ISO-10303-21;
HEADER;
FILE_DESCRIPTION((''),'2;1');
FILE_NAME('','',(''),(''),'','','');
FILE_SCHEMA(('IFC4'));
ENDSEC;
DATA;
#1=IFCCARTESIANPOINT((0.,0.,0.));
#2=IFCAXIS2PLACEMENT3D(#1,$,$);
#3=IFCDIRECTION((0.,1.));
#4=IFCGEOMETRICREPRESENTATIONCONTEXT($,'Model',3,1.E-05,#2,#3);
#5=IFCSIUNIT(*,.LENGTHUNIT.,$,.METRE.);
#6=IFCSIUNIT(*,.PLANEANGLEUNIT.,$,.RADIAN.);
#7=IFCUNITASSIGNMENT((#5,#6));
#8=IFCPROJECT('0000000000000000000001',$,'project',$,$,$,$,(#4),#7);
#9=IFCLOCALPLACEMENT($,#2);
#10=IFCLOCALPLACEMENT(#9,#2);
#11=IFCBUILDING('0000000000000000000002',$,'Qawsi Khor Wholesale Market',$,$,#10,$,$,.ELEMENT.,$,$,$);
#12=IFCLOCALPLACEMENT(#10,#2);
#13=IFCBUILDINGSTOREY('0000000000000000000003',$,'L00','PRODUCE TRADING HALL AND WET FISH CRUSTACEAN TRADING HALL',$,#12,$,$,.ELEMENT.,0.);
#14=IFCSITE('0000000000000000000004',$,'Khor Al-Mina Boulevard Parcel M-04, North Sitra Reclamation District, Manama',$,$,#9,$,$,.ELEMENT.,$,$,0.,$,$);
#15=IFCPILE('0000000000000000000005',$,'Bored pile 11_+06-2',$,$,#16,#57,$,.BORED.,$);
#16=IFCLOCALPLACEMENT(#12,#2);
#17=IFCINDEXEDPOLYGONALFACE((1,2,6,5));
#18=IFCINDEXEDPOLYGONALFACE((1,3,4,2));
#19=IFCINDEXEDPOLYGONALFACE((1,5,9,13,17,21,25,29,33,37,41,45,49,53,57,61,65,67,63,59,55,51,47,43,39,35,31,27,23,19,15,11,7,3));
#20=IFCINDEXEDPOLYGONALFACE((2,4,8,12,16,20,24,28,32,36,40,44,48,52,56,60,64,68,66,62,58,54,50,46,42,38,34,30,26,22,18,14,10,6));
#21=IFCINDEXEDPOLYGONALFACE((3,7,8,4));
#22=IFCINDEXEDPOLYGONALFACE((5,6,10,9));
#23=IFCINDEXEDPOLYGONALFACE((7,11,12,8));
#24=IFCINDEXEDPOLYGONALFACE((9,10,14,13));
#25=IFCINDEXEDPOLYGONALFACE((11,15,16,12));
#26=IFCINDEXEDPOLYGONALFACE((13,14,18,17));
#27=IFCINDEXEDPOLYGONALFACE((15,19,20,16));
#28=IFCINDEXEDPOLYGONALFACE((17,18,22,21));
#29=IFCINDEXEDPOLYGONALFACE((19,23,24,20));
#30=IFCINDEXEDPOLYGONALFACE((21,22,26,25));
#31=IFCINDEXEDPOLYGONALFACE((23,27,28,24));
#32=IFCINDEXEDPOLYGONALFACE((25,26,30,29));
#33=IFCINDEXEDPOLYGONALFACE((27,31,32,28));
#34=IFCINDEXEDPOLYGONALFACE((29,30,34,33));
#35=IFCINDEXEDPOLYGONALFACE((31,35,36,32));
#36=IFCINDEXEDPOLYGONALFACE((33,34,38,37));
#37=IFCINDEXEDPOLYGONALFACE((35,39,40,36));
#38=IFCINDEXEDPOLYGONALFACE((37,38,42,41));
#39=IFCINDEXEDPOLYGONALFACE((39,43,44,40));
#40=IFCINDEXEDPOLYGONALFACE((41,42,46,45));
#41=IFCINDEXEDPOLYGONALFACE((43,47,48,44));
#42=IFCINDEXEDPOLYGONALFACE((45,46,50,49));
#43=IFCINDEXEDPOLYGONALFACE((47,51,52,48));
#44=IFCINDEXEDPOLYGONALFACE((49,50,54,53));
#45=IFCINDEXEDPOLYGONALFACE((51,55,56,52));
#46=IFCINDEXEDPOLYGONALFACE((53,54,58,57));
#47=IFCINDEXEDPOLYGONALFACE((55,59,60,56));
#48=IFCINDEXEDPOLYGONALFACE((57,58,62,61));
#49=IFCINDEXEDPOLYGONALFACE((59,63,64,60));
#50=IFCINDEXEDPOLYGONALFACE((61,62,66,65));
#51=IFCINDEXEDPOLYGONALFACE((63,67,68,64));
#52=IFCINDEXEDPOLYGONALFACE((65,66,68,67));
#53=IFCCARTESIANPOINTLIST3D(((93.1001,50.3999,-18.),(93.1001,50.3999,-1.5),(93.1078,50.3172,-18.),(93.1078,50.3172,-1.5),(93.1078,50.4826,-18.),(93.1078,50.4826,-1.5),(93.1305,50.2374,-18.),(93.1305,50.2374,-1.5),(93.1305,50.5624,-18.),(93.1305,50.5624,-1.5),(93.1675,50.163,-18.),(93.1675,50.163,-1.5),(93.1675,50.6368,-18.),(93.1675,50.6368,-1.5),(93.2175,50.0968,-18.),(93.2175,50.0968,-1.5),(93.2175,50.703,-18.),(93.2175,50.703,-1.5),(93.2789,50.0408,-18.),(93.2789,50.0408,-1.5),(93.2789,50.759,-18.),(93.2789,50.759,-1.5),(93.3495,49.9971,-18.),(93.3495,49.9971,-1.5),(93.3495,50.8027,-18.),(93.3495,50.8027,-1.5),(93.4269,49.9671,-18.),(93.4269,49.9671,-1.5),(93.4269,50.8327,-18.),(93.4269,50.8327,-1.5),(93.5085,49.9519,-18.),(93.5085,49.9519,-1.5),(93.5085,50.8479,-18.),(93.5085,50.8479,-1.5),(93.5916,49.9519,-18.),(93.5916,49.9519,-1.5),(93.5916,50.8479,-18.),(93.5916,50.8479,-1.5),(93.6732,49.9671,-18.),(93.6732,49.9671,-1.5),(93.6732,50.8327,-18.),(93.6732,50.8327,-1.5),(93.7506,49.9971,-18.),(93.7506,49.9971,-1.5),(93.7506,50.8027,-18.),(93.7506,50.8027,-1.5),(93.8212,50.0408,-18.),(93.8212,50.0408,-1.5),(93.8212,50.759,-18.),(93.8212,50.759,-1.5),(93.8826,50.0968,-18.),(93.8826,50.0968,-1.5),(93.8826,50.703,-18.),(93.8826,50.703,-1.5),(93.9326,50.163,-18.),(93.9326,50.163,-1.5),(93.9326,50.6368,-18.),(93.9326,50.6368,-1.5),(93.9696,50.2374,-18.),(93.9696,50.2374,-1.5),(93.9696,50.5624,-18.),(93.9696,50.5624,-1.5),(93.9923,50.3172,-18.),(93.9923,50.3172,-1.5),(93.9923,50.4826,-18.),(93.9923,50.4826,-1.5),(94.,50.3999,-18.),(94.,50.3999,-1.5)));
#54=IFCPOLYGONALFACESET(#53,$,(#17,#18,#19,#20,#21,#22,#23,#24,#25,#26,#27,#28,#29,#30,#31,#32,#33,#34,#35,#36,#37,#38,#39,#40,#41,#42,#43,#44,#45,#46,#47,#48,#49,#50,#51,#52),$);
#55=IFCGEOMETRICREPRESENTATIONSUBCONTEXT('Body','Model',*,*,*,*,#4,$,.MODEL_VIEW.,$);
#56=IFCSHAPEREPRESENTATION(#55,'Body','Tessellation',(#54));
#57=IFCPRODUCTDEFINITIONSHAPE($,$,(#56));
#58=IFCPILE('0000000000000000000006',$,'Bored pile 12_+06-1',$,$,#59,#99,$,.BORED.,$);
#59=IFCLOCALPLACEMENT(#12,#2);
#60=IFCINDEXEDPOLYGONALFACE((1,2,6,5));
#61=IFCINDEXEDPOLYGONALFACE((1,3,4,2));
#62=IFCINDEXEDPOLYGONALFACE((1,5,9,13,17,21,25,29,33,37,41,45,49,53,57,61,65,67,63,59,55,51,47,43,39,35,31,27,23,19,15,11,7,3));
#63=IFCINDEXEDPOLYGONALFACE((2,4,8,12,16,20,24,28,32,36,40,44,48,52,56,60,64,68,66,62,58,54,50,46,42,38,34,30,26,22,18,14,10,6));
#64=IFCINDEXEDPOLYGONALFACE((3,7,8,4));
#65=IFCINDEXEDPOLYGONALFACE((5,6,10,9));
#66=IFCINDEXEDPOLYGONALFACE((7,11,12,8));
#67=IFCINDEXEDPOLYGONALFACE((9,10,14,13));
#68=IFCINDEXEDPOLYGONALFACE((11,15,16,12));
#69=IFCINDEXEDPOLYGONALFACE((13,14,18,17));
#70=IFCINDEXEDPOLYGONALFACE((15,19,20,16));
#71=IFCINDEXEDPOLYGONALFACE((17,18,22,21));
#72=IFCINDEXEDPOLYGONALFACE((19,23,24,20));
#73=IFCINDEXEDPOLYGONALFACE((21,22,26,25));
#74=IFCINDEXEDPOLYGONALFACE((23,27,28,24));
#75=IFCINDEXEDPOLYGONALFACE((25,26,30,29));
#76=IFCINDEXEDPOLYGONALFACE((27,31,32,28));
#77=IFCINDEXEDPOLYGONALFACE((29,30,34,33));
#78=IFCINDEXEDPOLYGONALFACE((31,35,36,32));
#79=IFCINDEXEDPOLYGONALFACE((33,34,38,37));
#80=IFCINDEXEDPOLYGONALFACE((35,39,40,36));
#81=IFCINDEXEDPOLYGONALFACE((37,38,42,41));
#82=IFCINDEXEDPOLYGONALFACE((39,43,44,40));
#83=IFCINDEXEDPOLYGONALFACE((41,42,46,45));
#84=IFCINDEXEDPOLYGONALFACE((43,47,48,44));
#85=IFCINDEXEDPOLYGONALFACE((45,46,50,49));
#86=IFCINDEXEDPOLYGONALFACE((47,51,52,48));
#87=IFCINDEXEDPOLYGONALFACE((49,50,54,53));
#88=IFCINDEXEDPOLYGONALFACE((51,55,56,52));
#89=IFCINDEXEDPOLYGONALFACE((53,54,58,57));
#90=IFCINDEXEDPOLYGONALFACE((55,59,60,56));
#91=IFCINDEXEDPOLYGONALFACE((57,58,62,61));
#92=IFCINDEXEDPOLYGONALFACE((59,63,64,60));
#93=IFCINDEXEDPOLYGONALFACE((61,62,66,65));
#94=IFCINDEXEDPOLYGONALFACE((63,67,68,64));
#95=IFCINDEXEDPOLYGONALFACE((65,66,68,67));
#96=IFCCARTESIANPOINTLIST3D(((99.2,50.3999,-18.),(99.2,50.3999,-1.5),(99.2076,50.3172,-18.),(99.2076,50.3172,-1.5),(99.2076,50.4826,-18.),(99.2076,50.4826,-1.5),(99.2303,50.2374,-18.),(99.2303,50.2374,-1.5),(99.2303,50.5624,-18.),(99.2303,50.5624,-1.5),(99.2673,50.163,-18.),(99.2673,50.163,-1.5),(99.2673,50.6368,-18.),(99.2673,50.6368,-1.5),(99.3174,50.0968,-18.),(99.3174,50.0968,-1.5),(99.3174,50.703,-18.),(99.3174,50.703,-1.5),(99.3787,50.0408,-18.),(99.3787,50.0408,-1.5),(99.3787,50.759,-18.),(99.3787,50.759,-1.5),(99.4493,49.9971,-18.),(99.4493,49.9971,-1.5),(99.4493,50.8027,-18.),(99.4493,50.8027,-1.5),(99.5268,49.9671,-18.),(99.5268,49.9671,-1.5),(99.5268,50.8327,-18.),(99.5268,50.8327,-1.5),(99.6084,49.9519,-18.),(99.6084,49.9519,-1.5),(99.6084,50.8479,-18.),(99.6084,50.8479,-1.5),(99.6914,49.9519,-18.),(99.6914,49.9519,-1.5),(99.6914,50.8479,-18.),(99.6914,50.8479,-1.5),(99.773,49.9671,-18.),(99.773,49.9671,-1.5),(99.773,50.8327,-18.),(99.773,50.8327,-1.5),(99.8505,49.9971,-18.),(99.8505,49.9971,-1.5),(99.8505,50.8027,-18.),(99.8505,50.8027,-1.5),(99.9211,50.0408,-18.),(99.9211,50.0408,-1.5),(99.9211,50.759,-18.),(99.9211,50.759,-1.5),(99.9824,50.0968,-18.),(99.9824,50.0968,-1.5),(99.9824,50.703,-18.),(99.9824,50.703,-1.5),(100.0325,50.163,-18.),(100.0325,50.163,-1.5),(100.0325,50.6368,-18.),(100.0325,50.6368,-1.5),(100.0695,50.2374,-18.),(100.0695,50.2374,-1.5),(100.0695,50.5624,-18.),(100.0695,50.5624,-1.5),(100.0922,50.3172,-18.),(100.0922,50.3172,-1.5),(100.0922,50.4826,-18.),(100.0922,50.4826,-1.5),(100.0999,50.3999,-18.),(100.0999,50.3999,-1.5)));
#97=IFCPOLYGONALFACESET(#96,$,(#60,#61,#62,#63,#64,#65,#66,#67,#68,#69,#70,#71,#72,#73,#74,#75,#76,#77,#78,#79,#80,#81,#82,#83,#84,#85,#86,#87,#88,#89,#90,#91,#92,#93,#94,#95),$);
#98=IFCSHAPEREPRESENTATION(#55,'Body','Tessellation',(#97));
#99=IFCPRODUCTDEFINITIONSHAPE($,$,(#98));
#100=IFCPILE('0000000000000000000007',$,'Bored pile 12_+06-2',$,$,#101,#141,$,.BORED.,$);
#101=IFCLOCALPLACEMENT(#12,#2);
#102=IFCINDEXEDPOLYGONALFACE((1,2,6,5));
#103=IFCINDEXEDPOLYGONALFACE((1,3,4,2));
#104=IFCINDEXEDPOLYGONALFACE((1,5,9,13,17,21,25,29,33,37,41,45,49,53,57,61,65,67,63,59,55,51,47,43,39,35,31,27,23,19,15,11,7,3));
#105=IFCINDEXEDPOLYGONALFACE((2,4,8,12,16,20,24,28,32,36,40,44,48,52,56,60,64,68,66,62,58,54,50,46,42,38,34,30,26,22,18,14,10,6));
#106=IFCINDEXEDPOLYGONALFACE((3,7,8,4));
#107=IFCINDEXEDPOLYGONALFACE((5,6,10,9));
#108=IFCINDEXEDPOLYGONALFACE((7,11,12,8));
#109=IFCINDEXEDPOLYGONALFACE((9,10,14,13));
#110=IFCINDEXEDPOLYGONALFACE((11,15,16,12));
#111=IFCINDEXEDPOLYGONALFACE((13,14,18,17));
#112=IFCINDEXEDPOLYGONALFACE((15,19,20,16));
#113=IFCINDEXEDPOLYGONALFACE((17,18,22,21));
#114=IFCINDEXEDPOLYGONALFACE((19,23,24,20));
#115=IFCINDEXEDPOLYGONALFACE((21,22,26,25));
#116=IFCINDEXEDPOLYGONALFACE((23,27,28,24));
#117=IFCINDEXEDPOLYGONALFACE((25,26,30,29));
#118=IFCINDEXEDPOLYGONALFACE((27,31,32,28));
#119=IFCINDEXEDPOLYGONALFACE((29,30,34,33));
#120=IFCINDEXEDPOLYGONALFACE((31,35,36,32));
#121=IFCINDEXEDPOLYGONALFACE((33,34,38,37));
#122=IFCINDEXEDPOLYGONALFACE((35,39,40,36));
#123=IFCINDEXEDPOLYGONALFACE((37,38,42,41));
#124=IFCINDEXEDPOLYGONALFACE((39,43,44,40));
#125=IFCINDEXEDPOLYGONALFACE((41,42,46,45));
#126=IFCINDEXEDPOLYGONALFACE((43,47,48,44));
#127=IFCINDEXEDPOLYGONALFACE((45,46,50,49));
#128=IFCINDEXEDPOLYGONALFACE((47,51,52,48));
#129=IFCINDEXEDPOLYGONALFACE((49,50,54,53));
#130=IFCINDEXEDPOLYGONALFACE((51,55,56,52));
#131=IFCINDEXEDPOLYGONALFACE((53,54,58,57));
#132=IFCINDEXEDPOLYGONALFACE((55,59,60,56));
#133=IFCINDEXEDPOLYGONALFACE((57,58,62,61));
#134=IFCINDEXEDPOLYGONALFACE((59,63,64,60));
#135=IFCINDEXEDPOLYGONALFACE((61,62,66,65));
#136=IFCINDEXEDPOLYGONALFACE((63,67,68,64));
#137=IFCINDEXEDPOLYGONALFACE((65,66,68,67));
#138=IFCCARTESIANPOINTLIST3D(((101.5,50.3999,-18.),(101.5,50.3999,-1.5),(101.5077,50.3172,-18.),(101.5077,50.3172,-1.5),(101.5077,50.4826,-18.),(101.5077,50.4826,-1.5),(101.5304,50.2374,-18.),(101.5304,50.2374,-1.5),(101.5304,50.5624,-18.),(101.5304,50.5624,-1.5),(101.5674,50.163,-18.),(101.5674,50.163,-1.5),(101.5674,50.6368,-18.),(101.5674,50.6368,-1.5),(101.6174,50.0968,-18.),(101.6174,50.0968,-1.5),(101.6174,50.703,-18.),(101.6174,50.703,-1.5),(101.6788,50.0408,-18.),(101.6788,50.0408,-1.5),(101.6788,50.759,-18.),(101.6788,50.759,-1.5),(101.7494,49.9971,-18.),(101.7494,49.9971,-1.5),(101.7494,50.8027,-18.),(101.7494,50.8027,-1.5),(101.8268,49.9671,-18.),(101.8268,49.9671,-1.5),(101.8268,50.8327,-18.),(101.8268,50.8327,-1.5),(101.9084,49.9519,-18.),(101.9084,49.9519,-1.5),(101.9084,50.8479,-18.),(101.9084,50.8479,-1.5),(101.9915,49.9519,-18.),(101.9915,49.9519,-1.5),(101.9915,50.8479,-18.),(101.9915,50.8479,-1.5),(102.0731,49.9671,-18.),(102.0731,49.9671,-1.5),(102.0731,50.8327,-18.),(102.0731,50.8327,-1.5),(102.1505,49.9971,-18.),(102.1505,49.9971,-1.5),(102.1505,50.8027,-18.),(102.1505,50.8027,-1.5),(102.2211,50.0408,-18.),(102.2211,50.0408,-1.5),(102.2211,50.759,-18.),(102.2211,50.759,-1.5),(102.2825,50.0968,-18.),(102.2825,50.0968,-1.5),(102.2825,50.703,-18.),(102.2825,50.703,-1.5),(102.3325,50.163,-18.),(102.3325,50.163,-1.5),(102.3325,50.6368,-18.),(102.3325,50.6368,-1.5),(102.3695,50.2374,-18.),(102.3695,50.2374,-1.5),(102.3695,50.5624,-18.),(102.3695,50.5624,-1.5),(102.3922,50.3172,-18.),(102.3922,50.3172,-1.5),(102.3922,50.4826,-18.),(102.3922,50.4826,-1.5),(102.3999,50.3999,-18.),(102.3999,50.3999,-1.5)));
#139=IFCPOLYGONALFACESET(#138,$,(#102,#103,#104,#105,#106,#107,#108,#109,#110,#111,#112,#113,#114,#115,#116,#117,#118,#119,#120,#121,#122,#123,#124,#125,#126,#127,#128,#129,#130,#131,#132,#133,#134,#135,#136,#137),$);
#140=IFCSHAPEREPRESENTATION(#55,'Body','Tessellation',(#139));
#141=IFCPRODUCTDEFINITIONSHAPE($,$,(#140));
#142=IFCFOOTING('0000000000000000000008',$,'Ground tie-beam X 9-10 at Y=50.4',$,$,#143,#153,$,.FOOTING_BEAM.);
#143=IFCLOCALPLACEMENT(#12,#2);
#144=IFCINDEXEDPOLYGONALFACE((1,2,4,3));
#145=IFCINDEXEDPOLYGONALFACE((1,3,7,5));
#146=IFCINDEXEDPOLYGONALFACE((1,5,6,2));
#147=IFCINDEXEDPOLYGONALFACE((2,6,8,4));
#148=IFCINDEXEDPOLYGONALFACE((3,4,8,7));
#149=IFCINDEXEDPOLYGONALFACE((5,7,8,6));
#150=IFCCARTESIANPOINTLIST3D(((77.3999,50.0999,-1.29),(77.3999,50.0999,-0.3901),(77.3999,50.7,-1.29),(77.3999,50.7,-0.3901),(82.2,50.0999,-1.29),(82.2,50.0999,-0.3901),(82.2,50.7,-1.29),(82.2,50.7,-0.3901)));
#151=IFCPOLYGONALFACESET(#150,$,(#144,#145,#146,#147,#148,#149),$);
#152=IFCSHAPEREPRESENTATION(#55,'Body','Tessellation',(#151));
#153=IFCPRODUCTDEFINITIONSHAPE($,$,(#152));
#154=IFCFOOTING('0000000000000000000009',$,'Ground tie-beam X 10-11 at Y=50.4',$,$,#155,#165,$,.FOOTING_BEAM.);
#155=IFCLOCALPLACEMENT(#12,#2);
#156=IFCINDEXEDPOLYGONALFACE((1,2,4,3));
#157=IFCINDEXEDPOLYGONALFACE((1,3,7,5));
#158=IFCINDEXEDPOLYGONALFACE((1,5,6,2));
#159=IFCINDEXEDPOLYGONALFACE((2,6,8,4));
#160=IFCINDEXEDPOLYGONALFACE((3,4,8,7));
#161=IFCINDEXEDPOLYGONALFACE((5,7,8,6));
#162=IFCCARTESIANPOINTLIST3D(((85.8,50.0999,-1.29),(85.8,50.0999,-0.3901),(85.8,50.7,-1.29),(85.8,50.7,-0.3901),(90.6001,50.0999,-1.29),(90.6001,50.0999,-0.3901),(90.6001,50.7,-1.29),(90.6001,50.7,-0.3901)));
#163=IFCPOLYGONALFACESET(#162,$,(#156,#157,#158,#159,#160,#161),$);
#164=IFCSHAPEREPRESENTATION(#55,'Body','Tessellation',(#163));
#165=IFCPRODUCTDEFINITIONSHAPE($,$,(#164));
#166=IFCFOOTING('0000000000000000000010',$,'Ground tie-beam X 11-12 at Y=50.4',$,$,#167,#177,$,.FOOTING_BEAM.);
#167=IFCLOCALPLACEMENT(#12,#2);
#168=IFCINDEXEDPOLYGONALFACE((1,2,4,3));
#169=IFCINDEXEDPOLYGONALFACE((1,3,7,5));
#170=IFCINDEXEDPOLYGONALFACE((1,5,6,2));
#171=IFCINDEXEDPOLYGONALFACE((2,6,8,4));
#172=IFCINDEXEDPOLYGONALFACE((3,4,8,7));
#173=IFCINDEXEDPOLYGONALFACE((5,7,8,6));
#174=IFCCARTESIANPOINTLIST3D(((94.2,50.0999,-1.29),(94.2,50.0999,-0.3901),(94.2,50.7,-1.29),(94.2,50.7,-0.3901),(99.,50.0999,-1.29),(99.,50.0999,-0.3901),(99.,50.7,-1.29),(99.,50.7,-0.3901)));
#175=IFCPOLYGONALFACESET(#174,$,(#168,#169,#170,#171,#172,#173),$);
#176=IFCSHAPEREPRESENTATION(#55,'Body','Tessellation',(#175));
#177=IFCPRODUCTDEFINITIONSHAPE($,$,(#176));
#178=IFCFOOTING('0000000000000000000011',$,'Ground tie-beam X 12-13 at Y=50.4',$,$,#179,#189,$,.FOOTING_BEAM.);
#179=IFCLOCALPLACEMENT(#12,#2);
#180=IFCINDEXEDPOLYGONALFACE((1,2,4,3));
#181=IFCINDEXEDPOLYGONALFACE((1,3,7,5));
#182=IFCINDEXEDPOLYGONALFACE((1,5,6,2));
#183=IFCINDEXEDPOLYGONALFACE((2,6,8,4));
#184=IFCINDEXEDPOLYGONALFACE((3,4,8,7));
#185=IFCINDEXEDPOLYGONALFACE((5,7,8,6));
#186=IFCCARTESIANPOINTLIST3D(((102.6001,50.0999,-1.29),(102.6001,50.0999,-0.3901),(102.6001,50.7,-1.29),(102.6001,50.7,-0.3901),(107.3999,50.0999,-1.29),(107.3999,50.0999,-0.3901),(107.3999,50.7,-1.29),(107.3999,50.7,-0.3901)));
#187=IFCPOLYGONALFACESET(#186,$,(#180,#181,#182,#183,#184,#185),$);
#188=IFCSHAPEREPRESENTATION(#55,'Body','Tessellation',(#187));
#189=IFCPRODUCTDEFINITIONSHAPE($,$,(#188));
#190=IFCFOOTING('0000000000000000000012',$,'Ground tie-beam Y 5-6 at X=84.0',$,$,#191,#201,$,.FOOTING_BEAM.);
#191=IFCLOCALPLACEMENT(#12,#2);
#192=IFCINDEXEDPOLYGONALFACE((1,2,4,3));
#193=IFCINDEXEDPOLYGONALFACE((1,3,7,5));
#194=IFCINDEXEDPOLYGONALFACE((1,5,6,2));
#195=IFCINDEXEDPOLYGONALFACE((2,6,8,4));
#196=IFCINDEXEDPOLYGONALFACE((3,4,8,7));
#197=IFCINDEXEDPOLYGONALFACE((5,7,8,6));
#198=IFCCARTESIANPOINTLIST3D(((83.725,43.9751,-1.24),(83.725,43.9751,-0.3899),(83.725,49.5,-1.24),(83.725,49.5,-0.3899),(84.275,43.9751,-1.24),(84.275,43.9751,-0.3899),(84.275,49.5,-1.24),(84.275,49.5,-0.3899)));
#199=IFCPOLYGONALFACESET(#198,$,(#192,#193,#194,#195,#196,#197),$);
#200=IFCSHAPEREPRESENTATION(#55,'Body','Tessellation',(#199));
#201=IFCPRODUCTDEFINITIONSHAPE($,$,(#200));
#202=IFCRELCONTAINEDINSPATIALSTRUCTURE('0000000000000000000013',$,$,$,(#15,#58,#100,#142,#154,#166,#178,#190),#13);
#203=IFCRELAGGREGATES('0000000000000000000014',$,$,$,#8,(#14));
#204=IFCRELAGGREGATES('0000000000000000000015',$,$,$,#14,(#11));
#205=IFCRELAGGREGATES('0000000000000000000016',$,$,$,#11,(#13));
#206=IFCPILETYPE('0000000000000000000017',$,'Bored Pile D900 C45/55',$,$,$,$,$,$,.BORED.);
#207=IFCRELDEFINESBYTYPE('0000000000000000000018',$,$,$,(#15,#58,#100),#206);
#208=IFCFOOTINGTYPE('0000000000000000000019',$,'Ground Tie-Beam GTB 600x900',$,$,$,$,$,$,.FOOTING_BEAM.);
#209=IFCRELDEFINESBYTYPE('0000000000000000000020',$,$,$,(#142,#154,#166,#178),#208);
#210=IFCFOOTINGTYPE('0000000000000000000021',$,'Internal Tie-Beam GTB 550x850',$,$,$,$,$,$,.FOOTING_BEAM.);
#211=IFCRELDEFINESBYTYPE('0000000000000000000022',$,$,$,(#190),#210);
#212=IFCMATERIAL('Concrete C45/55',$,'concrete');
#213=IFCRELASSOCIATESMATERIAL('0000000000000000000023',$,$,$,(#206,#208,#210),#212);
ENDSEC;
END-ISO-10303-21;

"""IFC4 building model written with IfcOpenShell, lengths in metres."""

from ifc_helpers import new_model, si_unit, direction, frame, origin, origin_2d, place, context, subcontext, project, spatial, rectangle, circle, extrude, material, material_profile, profile_set, type_object, element, save


model = new_model("IFC4")

# Units and contexts
model_context = context("Model", 3, precision=1e-05, world=origin(), true_north=direction((0.0, 1.0)))
body_context = subcontext(model_context, "Body", "Model", "MODEL_VIEW")
ifc_project = project(units=[si_unit("LENGTHUNIT", "METRE"), si_unit("PLANEANGLEUNIT", "RADIAN")], contexts=[model_context])

# Site, building, storey
site_placement = place(None, origin())
site = spatial("IfcSite", under=ifc_project, at=site_placement, Name="Khor Al-Mina Boulevard Parcel M-04, North Sitra Reclamation District, Manama", CompositionType="ELEMENT", RefElevation=0.0)
building_placement = place(site_placement, origin())
building = spatial("IfcBuilding", under=site, at=building_placement, Name="Qawsi Khor Wholesale Market", CompositionType="ELEMENT")
storey_placement = place(building_placement, origin())
storey = spatial("IfcBuildingStorey", under=building, at=storey_placement, Name="L00", Description="PRODUCE TRADING HALL AND WET FISH CRUSTACEAN TRADING HALL", CompositionType="ELEMENT", Elevation=0.0)

# Piles
ifc_material_1 = material(Name="Concrete C45/55", Category="concrete")
ifc_material_profile_1 = material_profile(ifc_material_1, circle(Radius=0.45, at=origin_2d()), Name="PILE D900")
ifc_profile_set_1 = profile_set([ifc_material_profile_1], Name="Concrete C45/55")
pile_type = type_object("IfcPileType", Name="Bored Pile D900 C45/55", PredefinedType="BORED", material=ifc_profile_set_1)
for number, where, z_axis, x_axis, name in (
    (1, (93.55, 50.3999, -1.5), (0.0, 0.0, -1.0), (1.0, 0.0, 0.0), "Bored pile 11_+06-2"),
    (2, (99.6499, 50.3999, -1.5), (0.0, 0.0, -1.0), (1.0, 0.0, 0.0), "Bored pile 12_+06-1"),
    (3, (101.95, 50.3999, -1.5), (0.0, 0.0, -1.0), (1.0, 0.0, 0.0), "Bored pile 12_+06-2"),
):
    element("IfcPile", number, at=place(storey_placement, frame(where, z_axis=z_axis, x_axis=x_axis)), inside=storey, type_object=pile_type, Name=name, PredefinedType="BORED", context=body_context, shape_type="SweptSolid", body=[
        extrude(circle(Radius=0.45, at=origin_2d()), origin(), (0.0, 0.0, 1.0), 16.5),
    ])

# Footings
ifc_material_profile_2 = material_profile(ifc_material_1, rectangle(XDim=0.6001, YDim=0.8999, at=origin_2d()), Name="RC 600x900")
ifc_profile_set_2 = profile_set([ifc_material_profile_2], Name="Concrete C45/55")
footing_type_1 = type_object("IfcFootingType", Name="Ground Tie-Beam GTB 600x900", PredefinedType="FOOTING_BEAM", material=ifc_profile_set_2)
for number, where, z_axis, x_axis, name in (
    (4, (77.3999, 50.3999, -0.8401), (1.0, 0.0, 0.0), (0.0, 1.0, 0.0), "Ground tie-beam X 9-10 at Y=50.4"),
    (5, (85.8, 50.3999, -0.8401), (1.0, 0.0, 0.0), (0.0, 1.0, 0.0), "Ground tie-beam X 10-11 at Y=50.4"),
    (6, (94.2, 50.3999, -0.8401), (1.0, 0.0, 0.0), (0.0, 1.0, 0.0), "Ground tie-beam X 11-12 at Y=50.4"),
):
    element("IfcFooting", number, at=place(storey_placement, frame(where, z_axis=z_axis, x_axis=x_axis)), inside=storey, type_object=footing_type_1, Name=name, PredefinedType="FOOTING_BEAM", context=body_context, shape_type="SweptSolid", body=[
        extrude(rectangle(XDim=0.6001, YDim=0.8999, at=origin_2d()), origin(), (0.0, 0.0, 1.0), 4.8),
    ])
footing_placement = place(storey_placement, frame((102.6001, 50.3999, -0.8401), z_axis=(1.0, 0.0, 0.0), x_axis=(0.0, 1.0, 0.0)))
element("IfcFooting", 7, at=footing_placement, inside=storey, type_object=footing_type_1, Name="Ground tie-beam X 12-13 at Y=50.4", PredefinedType="FOOTING_BEAM", context=body_context, shape_type="SweptSolid", body=[
    extrude(rectangle(XDim=0.6001, YDim=0.8999, at=origin_2d()), origin(), (0.0, 0.0, 1.0), 4.7998),
])
ifc_material_profile_3 = material_profile(ifc_material_1, rectangle(XDim=0.55, YDim=0.8501, at=origin_2d()), Name="RC 550x850")
ifc_profile_set_3 = profile_set([ifc_material_profile_3], Name="Concrete C45/55")
footing_type_2 = type_object("IfcFootingType", Name="Internal Tie-Beam GTB 550x850", PredefinedType="FOOTING_BEAM", material=ifc_profile_set_3)
for number, where, z_axis, x_axis, name in (
    (8, (84.0, 43.9751, -0.8149), (0.0, 1.0, 0.0), (-1.0, 0.0, 0.0), "Ground tie-beam Y 5-6 at X=84.0"),
):
    element("IfcFooting", number, at=place(storey_placement, frame(where, z_axis=z_axis, x_axis=x_axis)), inside=storey, type_object=footing_type_2, Name=name, PredefinedType="FOOTING_BEAM", context=body_context, shape_type="SweptSolid", body=[
        extrude(rectangle(XDim=0.55, YDim=0.8501, at=origin_2d()), origin(), (0.0, 0.0, 1.0), 5.5249),
    ])

save(model, "model.ifc")
